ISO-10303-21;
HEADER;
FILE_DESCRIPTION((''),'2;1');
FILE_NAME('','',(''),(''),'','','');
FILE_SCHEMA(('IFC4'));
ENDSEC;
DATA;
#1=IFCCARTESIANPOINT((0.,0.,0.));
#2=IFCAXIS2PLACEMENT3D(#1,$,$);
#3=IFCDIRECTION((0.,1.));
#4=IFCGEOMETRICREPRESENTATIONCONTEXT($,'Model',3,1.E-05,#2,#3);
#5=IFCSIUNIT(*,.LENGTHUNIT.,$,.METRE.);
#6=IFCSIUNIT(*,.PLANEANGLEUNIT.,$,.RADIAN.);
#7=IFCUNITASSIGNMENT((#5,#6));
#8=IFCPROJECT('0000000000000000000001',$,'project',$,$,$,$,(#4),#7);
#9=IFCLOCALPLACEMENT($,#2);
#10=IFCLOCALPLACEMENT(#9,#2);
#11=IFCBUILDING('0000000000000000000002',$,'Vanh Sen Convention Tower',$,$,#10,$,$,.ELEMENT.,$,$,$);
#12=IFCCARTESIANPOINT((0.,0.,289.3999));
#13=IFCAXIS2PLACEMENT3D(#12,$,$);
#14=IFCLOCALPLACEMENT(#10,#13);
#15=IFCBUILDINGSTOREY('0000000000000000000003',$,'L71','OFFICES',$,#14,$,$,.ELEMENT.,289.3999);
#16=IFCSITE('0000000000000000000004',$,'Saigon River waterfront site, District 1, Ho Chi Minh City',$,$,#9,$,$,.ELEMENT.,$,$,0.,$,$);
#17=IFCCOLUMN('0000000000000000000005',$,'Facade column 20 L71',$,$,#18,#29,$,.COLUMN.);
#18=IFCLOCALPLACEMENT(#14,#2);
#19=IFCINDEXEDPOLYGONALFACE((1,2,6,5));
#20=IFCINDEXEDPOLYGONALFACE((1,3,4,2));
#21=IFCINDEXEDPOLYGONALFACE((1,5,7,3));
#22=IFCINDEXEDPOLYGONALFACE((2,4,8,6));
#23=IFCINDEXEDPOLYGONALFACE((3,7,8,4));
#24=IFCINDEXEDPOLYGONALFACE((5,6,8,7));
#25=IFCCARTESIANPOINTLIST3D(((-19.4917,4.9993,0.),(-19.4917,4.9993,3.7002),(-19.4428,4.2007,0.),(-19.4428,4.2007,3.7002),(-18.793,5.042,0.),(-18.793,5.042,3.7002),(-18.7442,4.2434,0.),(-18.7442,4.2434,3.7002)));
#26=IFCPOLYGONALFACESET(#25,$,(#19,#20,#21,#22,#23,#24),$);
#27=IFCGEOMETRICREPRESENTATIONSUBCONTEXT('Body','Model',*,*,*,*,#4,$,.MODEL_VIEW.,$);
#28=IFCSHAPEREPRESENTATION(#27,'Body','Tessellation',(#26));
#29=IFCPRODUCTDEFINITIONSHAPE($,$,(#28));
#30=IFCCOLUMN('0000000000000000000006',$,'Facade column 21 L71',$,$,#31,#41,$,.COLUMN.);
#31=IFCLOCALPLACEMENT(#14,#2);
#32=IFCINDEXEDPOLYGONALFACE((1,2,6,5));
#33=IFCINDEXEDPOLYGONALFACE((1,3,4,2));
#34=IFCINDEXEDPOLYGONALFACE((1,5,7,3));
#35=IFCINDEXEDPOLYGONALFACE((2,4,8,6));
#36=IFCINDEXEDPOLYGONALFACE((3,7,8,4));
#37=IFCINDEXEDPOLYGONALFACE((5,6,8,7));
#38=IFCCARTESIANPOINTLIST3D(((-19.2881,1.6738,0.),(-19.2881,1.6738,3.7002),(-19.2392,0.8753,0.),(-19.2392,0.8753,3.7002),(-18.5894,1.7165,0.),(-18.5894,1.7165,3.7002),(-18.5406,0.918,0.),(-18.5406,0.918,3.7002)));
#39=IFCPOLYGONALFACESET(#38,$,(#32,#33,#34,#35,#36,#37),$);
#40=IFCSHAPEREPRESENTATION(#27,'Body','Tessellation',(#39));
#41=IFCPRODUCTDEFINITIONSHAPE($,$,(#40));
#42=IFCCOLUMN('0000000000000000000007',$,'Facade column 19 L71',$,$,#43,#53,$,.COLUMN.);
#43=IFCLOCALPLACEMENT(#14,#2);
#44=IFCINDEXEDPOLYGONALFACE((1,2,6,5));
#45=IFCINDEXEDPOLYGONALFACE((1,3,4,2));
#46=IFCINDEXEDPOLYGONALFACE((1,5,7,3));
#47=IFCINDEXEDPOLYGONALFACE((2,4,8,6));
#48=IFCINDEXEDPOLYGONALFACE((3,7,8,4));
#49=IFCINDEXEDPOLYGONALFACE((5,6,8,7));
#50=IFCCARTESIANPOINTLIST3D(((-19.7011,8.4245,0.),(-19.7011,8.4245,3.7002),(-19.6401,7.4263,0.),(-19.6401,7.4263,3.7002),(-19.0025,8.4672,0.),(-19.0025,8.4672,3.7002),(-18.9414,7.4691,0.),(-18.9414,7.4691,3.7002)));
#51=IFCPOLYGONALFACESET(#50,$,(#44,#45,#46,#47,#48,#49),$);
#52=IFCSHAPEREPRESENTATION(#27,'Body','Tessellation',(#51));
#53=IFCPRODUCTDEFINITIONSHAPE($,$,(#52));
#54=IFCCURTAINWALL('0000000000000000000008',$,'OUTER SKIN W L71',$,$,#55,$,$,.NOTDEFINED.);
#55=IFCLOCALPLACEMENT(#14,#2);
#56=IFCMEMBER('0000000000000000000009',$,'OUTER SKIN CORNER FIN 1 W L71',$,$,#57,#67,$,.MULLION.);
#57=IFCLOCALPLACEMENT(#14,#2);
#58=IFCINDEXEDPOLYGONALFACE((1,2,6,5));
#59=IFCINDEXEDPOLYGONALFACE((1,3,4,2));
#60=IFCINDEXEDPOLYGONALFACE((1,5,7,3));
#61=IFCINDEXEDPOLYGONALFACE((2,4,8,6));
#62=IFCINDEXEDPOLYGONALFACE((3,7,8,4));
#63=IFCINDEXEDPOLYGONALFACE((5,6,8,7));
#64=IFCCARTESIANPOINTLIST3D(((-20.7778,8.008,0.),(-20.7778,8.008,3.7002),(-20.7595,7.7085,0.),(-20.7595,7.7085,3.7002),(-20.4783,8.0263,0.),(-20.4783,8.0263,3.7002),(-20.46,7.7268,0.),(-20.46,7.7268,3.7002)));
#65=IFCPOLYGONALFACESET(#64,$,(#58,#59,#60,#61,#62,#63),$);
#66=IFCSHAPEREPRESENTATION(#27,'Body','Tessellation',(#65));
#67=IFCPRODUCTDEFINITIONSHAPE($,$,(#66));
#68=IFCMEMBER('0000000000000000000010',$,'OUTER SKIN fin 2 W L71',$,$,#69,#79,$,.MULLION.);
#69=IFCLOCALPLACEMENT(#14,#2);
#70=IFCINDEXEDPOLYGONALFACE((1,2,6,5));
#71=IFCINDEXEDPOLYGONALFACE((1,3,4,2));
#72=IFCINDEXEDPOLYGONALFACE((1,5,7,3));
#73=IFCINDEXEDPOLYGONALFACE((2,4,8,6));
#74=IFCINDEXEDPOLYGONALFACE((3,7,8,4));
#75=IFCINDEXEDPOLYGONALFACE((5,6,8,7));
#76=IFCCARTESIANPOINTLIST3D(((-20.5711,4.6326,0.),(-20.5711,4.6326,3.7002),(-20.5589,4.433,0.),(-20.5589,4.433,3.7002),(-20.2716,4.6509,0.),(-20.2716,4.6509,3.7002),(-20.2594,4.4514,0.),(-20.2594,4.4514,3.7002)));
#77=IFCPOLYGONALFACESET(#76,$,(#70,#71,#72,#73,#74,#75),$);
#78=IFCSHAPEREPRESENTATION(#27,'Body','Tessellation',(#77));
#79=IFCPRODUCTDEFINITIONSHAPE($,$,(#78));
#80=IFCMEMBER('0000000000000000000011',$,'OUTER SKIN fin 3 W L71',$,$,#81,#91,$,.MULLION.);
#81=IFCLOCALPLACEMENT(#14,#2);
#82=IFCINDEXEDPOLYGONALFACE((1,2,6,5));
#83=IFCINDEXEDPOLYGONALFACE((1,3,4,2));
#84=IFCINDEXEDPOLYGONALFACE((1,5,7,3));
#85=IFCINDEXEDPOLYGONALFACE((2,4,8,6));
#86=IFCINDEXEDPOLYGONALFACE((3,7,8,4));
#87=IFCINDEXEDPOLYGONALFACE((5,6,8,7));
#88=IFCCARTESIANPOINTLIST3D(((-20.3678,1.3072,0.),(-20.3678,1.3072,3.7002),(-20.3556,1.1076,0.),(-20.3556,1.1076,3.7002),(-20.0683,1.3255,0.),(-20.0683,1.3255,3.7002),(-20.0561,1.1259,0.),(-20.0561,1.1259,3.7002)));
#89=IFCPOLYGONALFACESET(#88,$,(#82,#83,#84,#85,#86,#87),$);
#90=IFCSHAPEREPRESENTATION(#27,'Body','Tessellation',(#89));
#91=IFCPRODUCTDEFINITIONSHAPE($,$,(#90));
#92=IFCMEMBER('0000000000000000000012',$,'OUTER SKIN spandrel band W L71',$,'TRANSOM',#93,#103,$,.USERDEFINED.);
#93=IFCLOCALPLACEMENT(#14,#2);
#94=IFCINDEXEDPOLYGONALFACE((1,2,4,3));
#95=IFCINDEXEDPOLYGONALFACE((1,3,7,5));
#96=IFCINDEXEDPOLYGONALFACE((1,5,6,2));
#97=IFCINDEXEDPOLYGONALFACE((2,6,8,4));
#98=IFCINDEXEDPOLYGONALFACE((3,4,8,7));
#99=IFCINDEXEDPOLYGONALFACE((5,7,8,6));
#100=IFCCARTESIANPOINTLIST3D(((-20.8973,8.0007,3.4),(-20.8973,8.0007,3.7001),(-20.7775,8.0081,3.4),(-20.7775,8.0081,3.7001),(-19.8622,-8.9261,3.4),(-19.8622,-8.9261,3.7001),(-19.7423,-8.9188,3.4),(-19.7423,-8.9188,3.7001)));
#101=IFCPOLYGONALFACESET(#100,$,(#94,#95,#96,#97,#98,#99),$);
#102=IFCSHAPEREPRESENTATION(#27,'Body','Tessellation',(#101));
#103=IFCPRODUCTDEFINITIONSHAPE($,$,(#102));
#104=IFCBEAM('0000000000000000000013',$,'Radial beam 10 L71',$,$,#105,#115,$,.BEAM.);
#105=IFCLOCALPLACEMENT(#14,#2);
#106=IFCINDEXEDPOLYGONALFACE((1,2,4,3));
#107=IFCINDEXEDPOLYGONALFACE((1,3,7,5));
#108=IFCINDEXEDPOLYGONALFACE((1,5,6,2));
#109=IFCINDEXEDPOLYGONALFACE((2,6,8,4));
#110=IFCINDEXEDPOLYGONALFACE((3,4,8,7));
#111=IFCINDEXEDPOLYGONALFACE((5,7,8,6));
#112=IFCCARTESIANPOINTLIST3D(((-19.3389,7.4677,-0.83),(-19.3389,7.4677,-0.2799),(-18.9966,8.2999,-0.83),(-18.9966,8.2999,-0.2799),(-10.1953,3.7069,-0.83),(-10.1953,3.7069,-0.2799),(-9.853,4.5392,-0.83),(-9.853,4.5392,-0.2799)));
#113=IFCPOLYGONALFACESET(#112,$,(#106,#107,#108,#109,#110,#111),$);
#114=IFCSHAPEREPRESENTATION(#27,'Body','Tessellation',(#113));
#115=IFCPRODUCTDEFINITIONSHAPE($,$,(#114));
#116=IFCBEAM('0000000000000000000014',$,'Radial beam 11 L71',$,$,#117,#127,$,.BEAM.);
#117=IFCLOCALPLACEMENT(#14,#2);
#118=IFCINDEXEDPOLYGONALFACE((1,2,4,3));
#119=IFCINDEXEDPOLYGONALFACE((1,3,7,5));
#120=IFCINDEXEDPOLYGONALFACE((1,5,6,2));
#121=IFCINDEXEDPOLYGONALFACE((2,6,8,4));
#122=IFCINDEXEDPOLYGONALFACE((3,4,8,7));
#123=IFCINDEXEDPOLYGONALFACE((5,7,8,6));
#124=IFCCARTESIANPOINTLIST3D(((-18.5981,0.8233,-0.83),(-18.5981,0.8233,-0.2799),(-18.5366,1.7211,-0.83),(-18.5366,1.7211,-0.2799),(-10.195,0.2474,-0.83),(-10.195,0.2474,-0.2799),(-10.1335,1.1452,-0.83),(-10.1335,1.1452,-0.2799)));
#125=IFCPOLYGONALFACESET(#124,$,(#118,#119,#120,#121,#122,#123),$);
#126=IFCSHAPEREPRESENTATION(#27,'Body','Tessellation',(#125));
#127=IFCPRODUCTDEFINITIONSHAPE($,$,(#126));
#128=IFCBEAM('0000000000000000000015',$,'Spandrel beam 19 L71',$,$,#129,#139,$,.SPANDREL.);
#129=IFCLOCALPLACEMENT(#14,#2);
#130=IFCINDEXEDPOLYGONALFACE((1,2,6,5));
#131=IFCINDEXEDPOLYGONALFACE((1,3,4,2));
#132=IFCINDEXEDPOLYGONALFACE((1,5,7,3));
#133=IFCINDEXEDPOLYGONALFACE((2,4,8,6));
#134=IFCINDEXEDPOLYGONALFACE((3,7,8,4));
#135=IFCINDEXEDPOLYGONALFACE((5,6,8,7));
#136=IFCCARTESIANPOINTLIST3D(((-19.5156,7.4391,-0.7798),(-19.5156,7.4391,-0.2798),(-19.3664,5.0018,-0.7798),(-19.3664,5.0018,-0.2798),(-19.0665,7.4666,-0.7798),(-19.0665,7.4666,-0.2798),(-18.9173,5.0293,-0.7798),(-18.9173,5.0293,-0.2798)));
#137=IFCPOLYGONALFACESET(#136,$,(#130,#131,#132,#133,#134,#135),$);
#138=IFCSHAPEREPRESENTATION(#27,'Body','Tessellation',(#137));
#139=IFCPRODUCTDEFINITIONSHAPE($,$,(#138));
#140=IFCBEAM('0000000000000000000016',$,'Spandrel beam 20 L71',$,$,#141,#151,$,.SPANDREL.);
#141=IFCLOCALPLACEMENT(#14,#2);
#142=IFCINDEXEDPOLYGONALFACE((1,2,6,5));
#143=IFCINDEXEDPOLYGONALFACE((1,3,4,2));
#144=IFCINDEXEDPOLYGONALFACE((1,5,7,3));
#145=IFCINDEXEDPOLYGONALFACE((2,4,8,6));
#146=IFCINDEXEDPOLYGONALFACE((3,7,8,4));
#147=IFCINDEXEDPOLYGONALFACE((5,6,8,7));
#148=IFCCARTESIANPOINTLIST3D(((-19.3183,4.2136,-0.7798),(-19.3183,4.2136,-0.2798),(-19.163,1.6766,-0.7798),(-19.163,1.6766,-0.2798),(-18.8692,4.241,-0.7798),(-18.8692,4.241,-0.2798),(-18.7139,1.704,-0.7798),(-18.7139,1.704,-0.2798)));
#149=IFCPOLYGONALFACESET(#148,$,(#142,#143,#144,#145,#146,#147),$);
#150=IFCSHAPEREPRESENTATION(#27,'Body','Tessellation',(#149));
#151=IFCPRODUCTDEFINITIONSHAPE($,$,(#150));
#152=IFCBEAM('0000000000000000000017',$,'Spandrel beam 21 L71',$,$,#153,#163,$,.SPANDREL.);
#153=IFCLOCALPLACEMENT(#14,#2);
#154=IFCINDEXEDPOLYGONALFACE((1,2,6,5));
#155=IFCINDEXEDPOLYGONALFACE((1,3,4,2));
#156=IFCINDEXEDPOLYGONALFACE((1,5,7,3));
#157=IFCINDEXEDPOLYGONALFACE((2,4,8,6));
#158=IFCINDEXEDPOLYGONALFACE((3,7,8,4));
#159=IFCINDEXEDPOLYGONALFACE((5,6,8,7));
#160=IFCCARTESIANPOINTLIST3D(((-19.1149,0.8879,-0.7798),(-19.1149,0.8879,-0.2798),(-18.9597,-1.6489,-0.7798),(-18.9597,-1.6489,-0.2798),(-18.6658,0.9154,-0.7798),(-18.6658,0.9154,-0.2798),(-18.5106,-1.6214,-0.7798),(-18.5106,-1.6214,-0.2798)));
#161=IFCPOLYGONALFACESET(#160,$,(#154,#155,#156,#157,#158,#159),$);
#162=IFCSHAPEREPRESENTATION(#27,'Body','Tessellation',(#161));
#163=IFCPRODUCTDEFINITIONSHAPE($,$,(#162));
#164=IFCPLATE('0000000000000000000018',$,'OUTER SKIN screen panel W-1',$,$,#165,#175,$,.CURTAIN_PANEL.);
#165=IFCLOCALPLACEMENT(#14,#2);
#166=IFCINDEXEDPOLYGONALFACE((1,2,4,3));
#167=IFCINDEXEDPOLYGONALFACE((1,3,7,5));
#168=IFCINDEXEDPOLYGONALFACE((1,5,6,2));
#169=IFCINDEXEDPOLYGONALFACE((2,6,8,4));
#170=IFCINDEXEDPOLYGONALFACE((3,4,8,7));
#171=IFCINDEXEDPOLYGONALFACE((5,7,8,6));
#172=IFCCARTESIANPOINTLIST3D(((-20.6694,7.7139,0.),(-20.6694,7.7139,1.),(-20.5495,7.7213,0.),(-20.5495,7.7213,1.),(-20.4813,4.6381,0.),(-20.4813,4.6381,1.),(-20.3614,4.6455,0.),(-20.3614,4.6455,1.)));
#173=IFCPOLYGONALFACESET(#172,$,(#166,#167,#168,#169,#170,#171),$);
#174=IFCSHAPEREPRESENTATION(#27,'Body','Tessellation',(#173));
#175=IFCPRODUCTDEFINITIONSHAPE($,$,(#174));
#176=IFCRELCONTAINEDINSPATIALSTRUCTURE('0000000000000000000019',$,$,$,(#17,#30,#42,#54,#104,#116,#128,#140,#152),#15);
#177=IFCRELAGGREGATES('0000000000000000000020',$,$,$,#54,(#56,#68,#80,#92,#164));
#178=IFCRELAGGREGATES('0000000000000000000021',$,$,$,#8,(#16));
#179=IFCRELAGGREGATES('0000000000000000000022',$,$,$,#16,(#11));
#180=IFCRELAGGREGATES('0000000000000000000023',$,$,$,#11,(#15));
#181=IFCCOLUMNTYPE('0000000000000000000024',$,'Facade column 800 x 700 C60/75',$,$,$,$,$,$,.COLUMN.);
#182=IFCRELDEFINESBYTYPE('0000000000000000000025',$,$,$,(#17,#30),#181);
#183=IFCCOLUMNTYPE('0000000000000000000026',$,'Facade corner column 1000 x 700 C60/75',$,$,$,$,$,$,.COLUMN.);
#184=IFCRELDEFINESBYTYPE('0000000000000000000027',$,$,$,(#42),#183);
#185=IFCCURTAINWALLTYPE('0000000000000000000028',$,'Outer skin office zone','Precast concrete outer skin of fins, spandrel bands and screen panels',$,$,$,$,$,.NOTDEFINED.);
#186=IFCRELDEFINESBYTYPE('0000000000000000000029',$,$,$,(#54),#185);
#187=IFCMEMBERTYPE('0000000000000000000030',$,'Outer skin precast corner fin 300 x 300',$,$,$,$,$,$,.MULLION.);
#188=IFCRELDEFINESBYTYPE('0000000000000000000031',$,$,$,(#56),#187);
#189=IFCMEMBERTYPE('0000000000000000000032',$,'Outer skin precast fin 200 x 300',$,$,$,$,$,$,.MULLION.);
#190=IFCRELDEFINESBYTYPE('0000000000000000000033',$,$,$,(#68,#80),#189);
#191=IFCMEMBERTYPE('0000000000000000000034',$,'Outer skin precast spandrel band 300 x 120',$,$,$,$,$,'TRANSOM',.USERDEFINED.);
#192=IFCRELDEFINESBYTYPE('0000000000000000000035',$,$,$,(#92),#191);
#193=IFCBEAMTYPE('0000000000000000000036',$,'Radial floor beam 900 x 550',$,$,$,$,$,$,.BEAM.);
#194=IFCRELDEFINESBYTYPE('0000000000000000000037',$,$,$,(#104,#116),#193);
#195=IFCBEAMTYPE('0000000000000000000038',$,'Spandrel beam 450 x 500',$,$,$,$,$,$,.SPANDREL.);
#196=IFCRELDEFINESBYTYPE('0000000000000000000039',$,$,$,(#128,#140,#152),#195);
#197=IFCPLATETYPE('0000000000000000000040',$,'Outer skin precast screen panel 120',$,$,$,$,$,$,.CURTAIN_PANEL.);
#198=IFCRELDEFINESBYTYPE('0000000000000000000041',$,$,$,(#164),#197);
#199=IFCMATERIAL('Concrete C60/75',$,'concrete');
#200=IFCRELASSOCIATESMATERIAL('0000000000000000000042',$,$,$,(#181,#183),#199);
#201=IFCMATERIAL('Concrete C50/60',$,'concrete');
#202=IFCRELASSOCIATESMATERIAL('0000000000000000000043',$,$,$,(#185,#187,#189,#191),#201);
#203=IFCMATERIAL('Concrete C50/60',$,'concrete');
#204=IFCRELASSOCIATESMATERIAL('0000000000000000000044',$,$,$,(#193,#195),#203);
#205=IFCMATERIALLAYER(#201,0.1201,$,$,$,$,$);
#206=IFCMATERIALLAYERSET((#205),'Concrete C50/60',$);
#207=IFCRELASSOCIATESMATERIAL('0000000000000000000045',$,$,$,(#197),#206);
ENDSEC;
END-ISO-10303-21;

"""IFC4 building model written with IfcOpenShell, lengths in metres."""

from ifc_helpers import new_model, si_unit, direction, frame, origin, origin_2d, place, context, subcontext, project, spatial, rectangle, extrude, material, layer, layer_set, material_profile, profile_set, type_object, element, aggregate, save


model = new_model("IFC4")

# Units and contexts
model_context = context("Model", 3, precision=1e-05, world=origin(), true_north=direction((0.0, 1.0)))
body_context = subcontext(model_context, "Body", "Model", "MODEL_VIEW")
ifc_project = project(units=[si_unit("LENGTHUNIT", "METRE"), si_unit("PLANEANGLEUNIT", "RADIAN")], contexts=[model_context])

# Site, building, storey
site_placement = place(None, origin())
site = spatial("IfcSite", under=ifc_project, at=site_placement, Name="Saigon River waterfront site, District 1, Ho Chi Minh City", CompositionType="ELEMENT", RefElevation=0.0)
building_placement = place(site_placement, origin())
building = spatial("IfcBuilding", under=site, at=building_placement, Name="Vanh Sen Convention Tower", CompositionType="ELEMENT")
storey_placement = place(building_placement, frame((0.0, 0.0, 289.3999)))
storey = spatial("IfcBuildingStorey", under=building, at=storey_placement, Name="L71", Description="OFFICES", CompositionType="ELEMENT", Elevation=289.3999)

# Columns
ifc_material_1 = material(Name="Concrete C60/75", Category="concrete")
ifc_material_profile_1 = material_profile(ifc_material_1, rectangle(XDim=0.8, YDim=0.7, at=origin_2d()), Name="RC 800X700")
ifc_profile_set_1 = profile_set([ifc_material_profile_1], Name="Concrete C60/75")
column_type_1 = type_object("IfcColumnType", Name="Facade column 800 x 700 C60/75", PredefinedType="COLUMN", material=ifc_profile_set_1)
for number, where, z_axis, x_axis, name in (
    (1, (-19.1179, 4.6213, 0.0), (0.0, 0.0, 1.0), (0.061049, -0.998135, 0.0), "Facade column 20 L71"),
    (2, (-18.9143, 1.2959, 0.0), (0.0, 0.0, 1.0), (0.061049, -0.998135, 0.0), "Facade column 21 L71"),
):
    element("IfcColumn", number, at=place(storey_placement, frame(where, z_axis=z_axis, x_axis=x_axis)), inside=storey, type_object=column_type_1, Name=name, PredefinedType="COLUMN", context=body_context, shape_type="SweptSolid", body=[
        extrude(rectangle(XDim=0.8, YDim=0.7, at=origin_2d()), origin(), (0.0, 0.0, 1.0), 3.7002),
    ])
ifc_material_profile_2 = material_profile(ifc_material_1, rectangle(XDim=1.0, YDim=0.7, at=origin_2d()), Name="RC 1000X700")
ifc_profile_set_2 = profile_set([ifc_material_profile_2], Name="Concrete C60/75")
column_type_2 = type_object("IfcColumnType", Name="Facade corner column 1000 x 700 C60/75", PredefinedType="COLUMN", material=ifc_profile_set_2)
column_placement = place(storey_placement, frame((-19.3213, 7.9468, 0.0), z_axis=(0.0, 0.0, 1.0), x_axis=(0.061049, -0.998135, 0.0)))
element("IfcColumn", 3, at=column_placement, inside=storey, type_object=column_type_2, Name="Facade column 19 L71", PredefinedType="COLUMN", context=body_context, shape_type="SweptSolid", body=[
    extrude(rectangle(XDim=1.0, YDim=0.7, at=origin_2d()), origin(), (0.0, 0.0, 1.0), 3.7002),
])

# Curtain wall, members
ifc_material_2 = material(Name="Concrete C50/60", Category="concrete")
curtain_wall_type = type_object("IfcCurtainWallType", Name="Outer skin office zone", Description="Precast concrete outer skin of fins, spandrel bands and screen panels", PredefinedType="NOTDEFINED", material=ifc_material_2)
curtain_wall_placement = place(storey_placement, origin())
curtain_wall = element("IfcCurtainWall", 4, at=curtain_wall_placement, inside=storey, type_object=curtain_wall_type, Name="OUTER SKIN W L71", PredefinedType="NOTDEFINED")
ifc_material_profile_3 = material_profile(ifc_material_2, rectangle(XDim=0.3, YDim=0.3, at=origin_2d()), Name="Outer skin precast corner fin 300 x 300")
ifc_profile_set_3 = profile_set([ifc_material_profile_3], Name="Concrete C50/60")
member_type_1 = type_object("IfcMemberType", Name="Outer skin precast corner fin 300 x 300", PredefinedType="MULLION", material=ifc_profile_set_3)
member_1_placement = place(storey_placement, frame((-20.6189, 7.8674, 0.0), z_axis=(0.0, 0.0, 1.0), x_axis=(0.061049, -0.998135, 0.0)))
member_1 = element("IfcMember", 5, at=member_1_placement, type_object=member_type_1, Name="OUTER SKIN CORNER FIN 1 W L71", PredefinedType="MULLION", context=body_context, shape_type="SweptSolid", body=[
    extrude(rectangle(XDim=0.3, YDim=0.3, at=origin_2d()), origin(), (0.0, 0.0, 1.0), 3.7002),
])
ifc_material_profile_4 = material_profile(ifc_material_2, rectangle(XDim=0.2, YDim=0.3, at=origin_2d()), Name="Outer skin precast fin 200 x 300")
ifc_profile_set_4 = profile_set([ifc_material_profile_4], Name="Concrete C50/60")
member_type_2 = type_object("IfcMemberType", Name="Outer skin precast fin 200 x 300", PredefinedType="MULLION", material=ifc_profile_set_4)
member_2_placement = place(storey_placement, frame((-20.4153, 4.542, 0.0), z_axis=(0.0, 0.0, 1.0), x_axis=(0.061049, -0.998135, 0.0)))
member_2 = element("IfcMember", 6, at=member_2_placement, type_object=member_type_2, Name="OUTER SKIN fin 2 W L71", PredefinedType="MULLION", context=body_context, shape_type="SweptSolid", body=[
    extrude(rectangle(XDim=0.2, YDim=0.3, at=origin_2d()), origin(), (0.0, 0.0, 1.0), 3.7002),
])
member_3_placement = place(storey_placement, frame((-20.2119, 1.2166, 0.0), z_axis=(0.0, 0.0, 1.0), x_axis=(0.061049, -0.998135, 0.0)))
member_3 = element("IfcMember", 7, at=member_3_placement, type_object=member_type_2, Name="OUTER SKIN fin 3 W L71", PredefinedType="MULLION", context=body_context, shape_type="SweptSolid", body=[
    extrude(rectangle(XDim=0.2, YDim=0.3, at=origin_2d()), origin(), (0.0, 0.0, 1.0), 3.7002),
])
ifc_material_profile_5 = material_profile(ifc_material_2, rectangle(XDim=0.1201, YDim=0.3, at=origin_2d()), Name="Outer skin precast spandrel band 300 x 120")
ifc_profile_set_5 = profile_set([ifc_material_profile_5], Name="Concrete C50/60")
member_type_3 = type_object("IfcMemberType", Name="Outer skin precast spandrel band 300 x 120", ElementType="TRANSOM", PredefinedType="USERDEFINED", material=ifc_profile_set_5)
member_4_placement = place(storey_placement, frame((-20.8374, 8.0044, 3.55), z_axis=(0.061041, -0.998135, 0.0), x_axis=(0.998135, 0.061041, 0.0)))
member_4 = element("IfcMember", 8, at=member_4_placement, type_object=member_type_3, Name="OUTER SKIN spandrel band W L71", ObjectType="TRANSOM", PredefinedType="USERDEFINED", context=body_context, shape_type="SweptSolid", body=[
    extrude(rectangle(XDim=0.1201, YDim=0.3, at=origin_2d()), origin(), (0.0, 0.0, 1.0), 16.9585),
])

# Beams
ifc_material_3 = material(Name="Concrete C50/60", Category="concrete")
ifc_material_profile_6 = material_profile(ifc_material_3, rectangle(XDim=0.8999, YDim=0.55, at=origin_2d()), Name="RC 900X550")
ifc_profile_set_6 = profile_set([ifc_material_profile_6], Name="Concrete C50/60")
beam_type_1 = type_object("IfcBeamType", Name="Radial floor beam 900 x 550", PredefinedType="BEAM", material=ifc_profile_set_6)
beam_1_placement = place(storey_placement, frame((-19.1677, 7.8838, -0.5549), z_axis=(0.924829, -0.380382, 0.0), x_axis=(0.380382, 0.924829, 0.0)))
element("IfcBeam", 9, at=beam_1_placement, inside=storey, type_object=beam_type_1, Name="Radial beam 10 L71", PredefinedType="BEAM", context=body_context, shape_type="SweptSolid", body=[
    extrude(rectangle(XDim=0.8999, YDim=0.55, at=origin_2d()), origin(), (0.0, 0.0, 1.0), 9.8867),
])
beam_2_placement = place(storey_placement, frame((-18.5674, 1.2722, -0.5549), z_axis=(0.99766, -0.068377, 0.0), x_axis=(0.068377, 0.99766, 0.0)))
element("IfcBeam", 10, at=beam_2_placement, inside=storey, type_object=beam_type_1, Name="Radial beam 11 L71", PredefinedType="BEAM", context=body_context, shape_type="SweptSolid", body=[
    extrude(rectangle(XDim=0.8999, YDim=0.55, at=origin_2d()), origin(), (0.0, 0.0, 1.0), 8.4229),
])
ifc_material_profile_7 = material_profile(ifc_material_3, rectangle(XDim=0.45, YDim=0.5, at=origin_2d()), Name="RC 450X500")
ifc_profile_set_7 = profile_set([ifc_material_profile_7], Name="Concrete C50/60")
beam_type_2 = type_object("IfcBeamType", Name="Spandrel beam 450 x 500", PredefinedType="SPANDREL", material=ifc_profile_set_7)
beam_3_placement = place(storey_placement, frame((-19.291, 7.4529, -0.5298), z_axis=(0.06109, -0.998132, 0.0), x_axis=(0.998132, 0.06109, 0.0)))
element("IfcBeam", 11, at=beam_3_placement, inside=storey, type_object=beam_type_2, Name="Spandrel beam 19 L71", PredefinedType="SPANDREL", context=body_context, shape_type="SweptSolid", body=[
    extrude(rectangle(XDim=0.45, YDim=0.5, at=origin_2d()), origin(), (0.0, 0.0, 1.0), 2.4419),
])
beam_4_placement = place(storey_placement, frame((-19.0938, 4.2273, -0.5298), z_axis=(0.061087, -0.998132, 0.0), x_axis=(0.998132, 0.061087, 0.0)))
element("IfcBeam", 12, at=beam_4_placement, inside=storey, type_object=beam_type_2, Name="Spandrel beam 20 L71", PredefinedType="SPANDREL", context=body_context, shape_type="SweptSolid", body=[
    extrude(rectangle(XDim=0.45, YDim=0.5, at=origin_2d()), origin(), (0.0, 0.0, 1.0), 2.5417),
])
beam_5_placement = place(storey_placement, frame((-18.8904, 0.9016, -0.5298), z_axis=(0.061092, -0.998132, 0.0), x_axis=(0.998132, 0.061092, 0.0)))
element("IfcBeam", 13, at=beam_5_placement, inside=storey, type_object=beam_type_2, Name="Spandrel beam 21 L71", PredefinedType="SPANDREL", context=body_context, shape_type="SweptSolid", body=[
    extrude(rectangle(XDim=0.45, YDim=0.5, at=origin_2d()), origin(), (0.0, 0.0, 1.0), 2.5415),
])

# Plate
ifc_layer_1 = layer(ifc_material_2, 0.1201)
ifc_layer_set_1 = layer_set([ifc_layer_1], Name="Concrete C50/60")
plate_type = type_object("IfcPlateType", Name="Outer skin precast screen panel 120", PredefinedType="CURTAIN_PANEL", material=ifc_layer_set_1)
plate_1_placement = place(storey_placement, frame((-20.5154, 6.1797, 0.0), z_axis=(0.0, 0.0, 1.0), x_axis=(0.061052, -0.998135, 0.0)))
plate_1 = element("IfcPlate", 14, at=plate_1_placement, type_object=plate_type, Name="OUTER SKIN screen panel W-1", PredefinedType="CURTAIN_PANEL", context=body_context, shape_type="SweptSolid", body=[
    extrude(rectangle(XDim=3.0815, YDim=0.1201, at=origin_2d()), origin(), (0.0, 0.0, 1.0), 1.0),
])
aggregate(curtain_wall, [member_1, member_2, member_3, member_4, plate_1])

save(model, "model.ifc")
